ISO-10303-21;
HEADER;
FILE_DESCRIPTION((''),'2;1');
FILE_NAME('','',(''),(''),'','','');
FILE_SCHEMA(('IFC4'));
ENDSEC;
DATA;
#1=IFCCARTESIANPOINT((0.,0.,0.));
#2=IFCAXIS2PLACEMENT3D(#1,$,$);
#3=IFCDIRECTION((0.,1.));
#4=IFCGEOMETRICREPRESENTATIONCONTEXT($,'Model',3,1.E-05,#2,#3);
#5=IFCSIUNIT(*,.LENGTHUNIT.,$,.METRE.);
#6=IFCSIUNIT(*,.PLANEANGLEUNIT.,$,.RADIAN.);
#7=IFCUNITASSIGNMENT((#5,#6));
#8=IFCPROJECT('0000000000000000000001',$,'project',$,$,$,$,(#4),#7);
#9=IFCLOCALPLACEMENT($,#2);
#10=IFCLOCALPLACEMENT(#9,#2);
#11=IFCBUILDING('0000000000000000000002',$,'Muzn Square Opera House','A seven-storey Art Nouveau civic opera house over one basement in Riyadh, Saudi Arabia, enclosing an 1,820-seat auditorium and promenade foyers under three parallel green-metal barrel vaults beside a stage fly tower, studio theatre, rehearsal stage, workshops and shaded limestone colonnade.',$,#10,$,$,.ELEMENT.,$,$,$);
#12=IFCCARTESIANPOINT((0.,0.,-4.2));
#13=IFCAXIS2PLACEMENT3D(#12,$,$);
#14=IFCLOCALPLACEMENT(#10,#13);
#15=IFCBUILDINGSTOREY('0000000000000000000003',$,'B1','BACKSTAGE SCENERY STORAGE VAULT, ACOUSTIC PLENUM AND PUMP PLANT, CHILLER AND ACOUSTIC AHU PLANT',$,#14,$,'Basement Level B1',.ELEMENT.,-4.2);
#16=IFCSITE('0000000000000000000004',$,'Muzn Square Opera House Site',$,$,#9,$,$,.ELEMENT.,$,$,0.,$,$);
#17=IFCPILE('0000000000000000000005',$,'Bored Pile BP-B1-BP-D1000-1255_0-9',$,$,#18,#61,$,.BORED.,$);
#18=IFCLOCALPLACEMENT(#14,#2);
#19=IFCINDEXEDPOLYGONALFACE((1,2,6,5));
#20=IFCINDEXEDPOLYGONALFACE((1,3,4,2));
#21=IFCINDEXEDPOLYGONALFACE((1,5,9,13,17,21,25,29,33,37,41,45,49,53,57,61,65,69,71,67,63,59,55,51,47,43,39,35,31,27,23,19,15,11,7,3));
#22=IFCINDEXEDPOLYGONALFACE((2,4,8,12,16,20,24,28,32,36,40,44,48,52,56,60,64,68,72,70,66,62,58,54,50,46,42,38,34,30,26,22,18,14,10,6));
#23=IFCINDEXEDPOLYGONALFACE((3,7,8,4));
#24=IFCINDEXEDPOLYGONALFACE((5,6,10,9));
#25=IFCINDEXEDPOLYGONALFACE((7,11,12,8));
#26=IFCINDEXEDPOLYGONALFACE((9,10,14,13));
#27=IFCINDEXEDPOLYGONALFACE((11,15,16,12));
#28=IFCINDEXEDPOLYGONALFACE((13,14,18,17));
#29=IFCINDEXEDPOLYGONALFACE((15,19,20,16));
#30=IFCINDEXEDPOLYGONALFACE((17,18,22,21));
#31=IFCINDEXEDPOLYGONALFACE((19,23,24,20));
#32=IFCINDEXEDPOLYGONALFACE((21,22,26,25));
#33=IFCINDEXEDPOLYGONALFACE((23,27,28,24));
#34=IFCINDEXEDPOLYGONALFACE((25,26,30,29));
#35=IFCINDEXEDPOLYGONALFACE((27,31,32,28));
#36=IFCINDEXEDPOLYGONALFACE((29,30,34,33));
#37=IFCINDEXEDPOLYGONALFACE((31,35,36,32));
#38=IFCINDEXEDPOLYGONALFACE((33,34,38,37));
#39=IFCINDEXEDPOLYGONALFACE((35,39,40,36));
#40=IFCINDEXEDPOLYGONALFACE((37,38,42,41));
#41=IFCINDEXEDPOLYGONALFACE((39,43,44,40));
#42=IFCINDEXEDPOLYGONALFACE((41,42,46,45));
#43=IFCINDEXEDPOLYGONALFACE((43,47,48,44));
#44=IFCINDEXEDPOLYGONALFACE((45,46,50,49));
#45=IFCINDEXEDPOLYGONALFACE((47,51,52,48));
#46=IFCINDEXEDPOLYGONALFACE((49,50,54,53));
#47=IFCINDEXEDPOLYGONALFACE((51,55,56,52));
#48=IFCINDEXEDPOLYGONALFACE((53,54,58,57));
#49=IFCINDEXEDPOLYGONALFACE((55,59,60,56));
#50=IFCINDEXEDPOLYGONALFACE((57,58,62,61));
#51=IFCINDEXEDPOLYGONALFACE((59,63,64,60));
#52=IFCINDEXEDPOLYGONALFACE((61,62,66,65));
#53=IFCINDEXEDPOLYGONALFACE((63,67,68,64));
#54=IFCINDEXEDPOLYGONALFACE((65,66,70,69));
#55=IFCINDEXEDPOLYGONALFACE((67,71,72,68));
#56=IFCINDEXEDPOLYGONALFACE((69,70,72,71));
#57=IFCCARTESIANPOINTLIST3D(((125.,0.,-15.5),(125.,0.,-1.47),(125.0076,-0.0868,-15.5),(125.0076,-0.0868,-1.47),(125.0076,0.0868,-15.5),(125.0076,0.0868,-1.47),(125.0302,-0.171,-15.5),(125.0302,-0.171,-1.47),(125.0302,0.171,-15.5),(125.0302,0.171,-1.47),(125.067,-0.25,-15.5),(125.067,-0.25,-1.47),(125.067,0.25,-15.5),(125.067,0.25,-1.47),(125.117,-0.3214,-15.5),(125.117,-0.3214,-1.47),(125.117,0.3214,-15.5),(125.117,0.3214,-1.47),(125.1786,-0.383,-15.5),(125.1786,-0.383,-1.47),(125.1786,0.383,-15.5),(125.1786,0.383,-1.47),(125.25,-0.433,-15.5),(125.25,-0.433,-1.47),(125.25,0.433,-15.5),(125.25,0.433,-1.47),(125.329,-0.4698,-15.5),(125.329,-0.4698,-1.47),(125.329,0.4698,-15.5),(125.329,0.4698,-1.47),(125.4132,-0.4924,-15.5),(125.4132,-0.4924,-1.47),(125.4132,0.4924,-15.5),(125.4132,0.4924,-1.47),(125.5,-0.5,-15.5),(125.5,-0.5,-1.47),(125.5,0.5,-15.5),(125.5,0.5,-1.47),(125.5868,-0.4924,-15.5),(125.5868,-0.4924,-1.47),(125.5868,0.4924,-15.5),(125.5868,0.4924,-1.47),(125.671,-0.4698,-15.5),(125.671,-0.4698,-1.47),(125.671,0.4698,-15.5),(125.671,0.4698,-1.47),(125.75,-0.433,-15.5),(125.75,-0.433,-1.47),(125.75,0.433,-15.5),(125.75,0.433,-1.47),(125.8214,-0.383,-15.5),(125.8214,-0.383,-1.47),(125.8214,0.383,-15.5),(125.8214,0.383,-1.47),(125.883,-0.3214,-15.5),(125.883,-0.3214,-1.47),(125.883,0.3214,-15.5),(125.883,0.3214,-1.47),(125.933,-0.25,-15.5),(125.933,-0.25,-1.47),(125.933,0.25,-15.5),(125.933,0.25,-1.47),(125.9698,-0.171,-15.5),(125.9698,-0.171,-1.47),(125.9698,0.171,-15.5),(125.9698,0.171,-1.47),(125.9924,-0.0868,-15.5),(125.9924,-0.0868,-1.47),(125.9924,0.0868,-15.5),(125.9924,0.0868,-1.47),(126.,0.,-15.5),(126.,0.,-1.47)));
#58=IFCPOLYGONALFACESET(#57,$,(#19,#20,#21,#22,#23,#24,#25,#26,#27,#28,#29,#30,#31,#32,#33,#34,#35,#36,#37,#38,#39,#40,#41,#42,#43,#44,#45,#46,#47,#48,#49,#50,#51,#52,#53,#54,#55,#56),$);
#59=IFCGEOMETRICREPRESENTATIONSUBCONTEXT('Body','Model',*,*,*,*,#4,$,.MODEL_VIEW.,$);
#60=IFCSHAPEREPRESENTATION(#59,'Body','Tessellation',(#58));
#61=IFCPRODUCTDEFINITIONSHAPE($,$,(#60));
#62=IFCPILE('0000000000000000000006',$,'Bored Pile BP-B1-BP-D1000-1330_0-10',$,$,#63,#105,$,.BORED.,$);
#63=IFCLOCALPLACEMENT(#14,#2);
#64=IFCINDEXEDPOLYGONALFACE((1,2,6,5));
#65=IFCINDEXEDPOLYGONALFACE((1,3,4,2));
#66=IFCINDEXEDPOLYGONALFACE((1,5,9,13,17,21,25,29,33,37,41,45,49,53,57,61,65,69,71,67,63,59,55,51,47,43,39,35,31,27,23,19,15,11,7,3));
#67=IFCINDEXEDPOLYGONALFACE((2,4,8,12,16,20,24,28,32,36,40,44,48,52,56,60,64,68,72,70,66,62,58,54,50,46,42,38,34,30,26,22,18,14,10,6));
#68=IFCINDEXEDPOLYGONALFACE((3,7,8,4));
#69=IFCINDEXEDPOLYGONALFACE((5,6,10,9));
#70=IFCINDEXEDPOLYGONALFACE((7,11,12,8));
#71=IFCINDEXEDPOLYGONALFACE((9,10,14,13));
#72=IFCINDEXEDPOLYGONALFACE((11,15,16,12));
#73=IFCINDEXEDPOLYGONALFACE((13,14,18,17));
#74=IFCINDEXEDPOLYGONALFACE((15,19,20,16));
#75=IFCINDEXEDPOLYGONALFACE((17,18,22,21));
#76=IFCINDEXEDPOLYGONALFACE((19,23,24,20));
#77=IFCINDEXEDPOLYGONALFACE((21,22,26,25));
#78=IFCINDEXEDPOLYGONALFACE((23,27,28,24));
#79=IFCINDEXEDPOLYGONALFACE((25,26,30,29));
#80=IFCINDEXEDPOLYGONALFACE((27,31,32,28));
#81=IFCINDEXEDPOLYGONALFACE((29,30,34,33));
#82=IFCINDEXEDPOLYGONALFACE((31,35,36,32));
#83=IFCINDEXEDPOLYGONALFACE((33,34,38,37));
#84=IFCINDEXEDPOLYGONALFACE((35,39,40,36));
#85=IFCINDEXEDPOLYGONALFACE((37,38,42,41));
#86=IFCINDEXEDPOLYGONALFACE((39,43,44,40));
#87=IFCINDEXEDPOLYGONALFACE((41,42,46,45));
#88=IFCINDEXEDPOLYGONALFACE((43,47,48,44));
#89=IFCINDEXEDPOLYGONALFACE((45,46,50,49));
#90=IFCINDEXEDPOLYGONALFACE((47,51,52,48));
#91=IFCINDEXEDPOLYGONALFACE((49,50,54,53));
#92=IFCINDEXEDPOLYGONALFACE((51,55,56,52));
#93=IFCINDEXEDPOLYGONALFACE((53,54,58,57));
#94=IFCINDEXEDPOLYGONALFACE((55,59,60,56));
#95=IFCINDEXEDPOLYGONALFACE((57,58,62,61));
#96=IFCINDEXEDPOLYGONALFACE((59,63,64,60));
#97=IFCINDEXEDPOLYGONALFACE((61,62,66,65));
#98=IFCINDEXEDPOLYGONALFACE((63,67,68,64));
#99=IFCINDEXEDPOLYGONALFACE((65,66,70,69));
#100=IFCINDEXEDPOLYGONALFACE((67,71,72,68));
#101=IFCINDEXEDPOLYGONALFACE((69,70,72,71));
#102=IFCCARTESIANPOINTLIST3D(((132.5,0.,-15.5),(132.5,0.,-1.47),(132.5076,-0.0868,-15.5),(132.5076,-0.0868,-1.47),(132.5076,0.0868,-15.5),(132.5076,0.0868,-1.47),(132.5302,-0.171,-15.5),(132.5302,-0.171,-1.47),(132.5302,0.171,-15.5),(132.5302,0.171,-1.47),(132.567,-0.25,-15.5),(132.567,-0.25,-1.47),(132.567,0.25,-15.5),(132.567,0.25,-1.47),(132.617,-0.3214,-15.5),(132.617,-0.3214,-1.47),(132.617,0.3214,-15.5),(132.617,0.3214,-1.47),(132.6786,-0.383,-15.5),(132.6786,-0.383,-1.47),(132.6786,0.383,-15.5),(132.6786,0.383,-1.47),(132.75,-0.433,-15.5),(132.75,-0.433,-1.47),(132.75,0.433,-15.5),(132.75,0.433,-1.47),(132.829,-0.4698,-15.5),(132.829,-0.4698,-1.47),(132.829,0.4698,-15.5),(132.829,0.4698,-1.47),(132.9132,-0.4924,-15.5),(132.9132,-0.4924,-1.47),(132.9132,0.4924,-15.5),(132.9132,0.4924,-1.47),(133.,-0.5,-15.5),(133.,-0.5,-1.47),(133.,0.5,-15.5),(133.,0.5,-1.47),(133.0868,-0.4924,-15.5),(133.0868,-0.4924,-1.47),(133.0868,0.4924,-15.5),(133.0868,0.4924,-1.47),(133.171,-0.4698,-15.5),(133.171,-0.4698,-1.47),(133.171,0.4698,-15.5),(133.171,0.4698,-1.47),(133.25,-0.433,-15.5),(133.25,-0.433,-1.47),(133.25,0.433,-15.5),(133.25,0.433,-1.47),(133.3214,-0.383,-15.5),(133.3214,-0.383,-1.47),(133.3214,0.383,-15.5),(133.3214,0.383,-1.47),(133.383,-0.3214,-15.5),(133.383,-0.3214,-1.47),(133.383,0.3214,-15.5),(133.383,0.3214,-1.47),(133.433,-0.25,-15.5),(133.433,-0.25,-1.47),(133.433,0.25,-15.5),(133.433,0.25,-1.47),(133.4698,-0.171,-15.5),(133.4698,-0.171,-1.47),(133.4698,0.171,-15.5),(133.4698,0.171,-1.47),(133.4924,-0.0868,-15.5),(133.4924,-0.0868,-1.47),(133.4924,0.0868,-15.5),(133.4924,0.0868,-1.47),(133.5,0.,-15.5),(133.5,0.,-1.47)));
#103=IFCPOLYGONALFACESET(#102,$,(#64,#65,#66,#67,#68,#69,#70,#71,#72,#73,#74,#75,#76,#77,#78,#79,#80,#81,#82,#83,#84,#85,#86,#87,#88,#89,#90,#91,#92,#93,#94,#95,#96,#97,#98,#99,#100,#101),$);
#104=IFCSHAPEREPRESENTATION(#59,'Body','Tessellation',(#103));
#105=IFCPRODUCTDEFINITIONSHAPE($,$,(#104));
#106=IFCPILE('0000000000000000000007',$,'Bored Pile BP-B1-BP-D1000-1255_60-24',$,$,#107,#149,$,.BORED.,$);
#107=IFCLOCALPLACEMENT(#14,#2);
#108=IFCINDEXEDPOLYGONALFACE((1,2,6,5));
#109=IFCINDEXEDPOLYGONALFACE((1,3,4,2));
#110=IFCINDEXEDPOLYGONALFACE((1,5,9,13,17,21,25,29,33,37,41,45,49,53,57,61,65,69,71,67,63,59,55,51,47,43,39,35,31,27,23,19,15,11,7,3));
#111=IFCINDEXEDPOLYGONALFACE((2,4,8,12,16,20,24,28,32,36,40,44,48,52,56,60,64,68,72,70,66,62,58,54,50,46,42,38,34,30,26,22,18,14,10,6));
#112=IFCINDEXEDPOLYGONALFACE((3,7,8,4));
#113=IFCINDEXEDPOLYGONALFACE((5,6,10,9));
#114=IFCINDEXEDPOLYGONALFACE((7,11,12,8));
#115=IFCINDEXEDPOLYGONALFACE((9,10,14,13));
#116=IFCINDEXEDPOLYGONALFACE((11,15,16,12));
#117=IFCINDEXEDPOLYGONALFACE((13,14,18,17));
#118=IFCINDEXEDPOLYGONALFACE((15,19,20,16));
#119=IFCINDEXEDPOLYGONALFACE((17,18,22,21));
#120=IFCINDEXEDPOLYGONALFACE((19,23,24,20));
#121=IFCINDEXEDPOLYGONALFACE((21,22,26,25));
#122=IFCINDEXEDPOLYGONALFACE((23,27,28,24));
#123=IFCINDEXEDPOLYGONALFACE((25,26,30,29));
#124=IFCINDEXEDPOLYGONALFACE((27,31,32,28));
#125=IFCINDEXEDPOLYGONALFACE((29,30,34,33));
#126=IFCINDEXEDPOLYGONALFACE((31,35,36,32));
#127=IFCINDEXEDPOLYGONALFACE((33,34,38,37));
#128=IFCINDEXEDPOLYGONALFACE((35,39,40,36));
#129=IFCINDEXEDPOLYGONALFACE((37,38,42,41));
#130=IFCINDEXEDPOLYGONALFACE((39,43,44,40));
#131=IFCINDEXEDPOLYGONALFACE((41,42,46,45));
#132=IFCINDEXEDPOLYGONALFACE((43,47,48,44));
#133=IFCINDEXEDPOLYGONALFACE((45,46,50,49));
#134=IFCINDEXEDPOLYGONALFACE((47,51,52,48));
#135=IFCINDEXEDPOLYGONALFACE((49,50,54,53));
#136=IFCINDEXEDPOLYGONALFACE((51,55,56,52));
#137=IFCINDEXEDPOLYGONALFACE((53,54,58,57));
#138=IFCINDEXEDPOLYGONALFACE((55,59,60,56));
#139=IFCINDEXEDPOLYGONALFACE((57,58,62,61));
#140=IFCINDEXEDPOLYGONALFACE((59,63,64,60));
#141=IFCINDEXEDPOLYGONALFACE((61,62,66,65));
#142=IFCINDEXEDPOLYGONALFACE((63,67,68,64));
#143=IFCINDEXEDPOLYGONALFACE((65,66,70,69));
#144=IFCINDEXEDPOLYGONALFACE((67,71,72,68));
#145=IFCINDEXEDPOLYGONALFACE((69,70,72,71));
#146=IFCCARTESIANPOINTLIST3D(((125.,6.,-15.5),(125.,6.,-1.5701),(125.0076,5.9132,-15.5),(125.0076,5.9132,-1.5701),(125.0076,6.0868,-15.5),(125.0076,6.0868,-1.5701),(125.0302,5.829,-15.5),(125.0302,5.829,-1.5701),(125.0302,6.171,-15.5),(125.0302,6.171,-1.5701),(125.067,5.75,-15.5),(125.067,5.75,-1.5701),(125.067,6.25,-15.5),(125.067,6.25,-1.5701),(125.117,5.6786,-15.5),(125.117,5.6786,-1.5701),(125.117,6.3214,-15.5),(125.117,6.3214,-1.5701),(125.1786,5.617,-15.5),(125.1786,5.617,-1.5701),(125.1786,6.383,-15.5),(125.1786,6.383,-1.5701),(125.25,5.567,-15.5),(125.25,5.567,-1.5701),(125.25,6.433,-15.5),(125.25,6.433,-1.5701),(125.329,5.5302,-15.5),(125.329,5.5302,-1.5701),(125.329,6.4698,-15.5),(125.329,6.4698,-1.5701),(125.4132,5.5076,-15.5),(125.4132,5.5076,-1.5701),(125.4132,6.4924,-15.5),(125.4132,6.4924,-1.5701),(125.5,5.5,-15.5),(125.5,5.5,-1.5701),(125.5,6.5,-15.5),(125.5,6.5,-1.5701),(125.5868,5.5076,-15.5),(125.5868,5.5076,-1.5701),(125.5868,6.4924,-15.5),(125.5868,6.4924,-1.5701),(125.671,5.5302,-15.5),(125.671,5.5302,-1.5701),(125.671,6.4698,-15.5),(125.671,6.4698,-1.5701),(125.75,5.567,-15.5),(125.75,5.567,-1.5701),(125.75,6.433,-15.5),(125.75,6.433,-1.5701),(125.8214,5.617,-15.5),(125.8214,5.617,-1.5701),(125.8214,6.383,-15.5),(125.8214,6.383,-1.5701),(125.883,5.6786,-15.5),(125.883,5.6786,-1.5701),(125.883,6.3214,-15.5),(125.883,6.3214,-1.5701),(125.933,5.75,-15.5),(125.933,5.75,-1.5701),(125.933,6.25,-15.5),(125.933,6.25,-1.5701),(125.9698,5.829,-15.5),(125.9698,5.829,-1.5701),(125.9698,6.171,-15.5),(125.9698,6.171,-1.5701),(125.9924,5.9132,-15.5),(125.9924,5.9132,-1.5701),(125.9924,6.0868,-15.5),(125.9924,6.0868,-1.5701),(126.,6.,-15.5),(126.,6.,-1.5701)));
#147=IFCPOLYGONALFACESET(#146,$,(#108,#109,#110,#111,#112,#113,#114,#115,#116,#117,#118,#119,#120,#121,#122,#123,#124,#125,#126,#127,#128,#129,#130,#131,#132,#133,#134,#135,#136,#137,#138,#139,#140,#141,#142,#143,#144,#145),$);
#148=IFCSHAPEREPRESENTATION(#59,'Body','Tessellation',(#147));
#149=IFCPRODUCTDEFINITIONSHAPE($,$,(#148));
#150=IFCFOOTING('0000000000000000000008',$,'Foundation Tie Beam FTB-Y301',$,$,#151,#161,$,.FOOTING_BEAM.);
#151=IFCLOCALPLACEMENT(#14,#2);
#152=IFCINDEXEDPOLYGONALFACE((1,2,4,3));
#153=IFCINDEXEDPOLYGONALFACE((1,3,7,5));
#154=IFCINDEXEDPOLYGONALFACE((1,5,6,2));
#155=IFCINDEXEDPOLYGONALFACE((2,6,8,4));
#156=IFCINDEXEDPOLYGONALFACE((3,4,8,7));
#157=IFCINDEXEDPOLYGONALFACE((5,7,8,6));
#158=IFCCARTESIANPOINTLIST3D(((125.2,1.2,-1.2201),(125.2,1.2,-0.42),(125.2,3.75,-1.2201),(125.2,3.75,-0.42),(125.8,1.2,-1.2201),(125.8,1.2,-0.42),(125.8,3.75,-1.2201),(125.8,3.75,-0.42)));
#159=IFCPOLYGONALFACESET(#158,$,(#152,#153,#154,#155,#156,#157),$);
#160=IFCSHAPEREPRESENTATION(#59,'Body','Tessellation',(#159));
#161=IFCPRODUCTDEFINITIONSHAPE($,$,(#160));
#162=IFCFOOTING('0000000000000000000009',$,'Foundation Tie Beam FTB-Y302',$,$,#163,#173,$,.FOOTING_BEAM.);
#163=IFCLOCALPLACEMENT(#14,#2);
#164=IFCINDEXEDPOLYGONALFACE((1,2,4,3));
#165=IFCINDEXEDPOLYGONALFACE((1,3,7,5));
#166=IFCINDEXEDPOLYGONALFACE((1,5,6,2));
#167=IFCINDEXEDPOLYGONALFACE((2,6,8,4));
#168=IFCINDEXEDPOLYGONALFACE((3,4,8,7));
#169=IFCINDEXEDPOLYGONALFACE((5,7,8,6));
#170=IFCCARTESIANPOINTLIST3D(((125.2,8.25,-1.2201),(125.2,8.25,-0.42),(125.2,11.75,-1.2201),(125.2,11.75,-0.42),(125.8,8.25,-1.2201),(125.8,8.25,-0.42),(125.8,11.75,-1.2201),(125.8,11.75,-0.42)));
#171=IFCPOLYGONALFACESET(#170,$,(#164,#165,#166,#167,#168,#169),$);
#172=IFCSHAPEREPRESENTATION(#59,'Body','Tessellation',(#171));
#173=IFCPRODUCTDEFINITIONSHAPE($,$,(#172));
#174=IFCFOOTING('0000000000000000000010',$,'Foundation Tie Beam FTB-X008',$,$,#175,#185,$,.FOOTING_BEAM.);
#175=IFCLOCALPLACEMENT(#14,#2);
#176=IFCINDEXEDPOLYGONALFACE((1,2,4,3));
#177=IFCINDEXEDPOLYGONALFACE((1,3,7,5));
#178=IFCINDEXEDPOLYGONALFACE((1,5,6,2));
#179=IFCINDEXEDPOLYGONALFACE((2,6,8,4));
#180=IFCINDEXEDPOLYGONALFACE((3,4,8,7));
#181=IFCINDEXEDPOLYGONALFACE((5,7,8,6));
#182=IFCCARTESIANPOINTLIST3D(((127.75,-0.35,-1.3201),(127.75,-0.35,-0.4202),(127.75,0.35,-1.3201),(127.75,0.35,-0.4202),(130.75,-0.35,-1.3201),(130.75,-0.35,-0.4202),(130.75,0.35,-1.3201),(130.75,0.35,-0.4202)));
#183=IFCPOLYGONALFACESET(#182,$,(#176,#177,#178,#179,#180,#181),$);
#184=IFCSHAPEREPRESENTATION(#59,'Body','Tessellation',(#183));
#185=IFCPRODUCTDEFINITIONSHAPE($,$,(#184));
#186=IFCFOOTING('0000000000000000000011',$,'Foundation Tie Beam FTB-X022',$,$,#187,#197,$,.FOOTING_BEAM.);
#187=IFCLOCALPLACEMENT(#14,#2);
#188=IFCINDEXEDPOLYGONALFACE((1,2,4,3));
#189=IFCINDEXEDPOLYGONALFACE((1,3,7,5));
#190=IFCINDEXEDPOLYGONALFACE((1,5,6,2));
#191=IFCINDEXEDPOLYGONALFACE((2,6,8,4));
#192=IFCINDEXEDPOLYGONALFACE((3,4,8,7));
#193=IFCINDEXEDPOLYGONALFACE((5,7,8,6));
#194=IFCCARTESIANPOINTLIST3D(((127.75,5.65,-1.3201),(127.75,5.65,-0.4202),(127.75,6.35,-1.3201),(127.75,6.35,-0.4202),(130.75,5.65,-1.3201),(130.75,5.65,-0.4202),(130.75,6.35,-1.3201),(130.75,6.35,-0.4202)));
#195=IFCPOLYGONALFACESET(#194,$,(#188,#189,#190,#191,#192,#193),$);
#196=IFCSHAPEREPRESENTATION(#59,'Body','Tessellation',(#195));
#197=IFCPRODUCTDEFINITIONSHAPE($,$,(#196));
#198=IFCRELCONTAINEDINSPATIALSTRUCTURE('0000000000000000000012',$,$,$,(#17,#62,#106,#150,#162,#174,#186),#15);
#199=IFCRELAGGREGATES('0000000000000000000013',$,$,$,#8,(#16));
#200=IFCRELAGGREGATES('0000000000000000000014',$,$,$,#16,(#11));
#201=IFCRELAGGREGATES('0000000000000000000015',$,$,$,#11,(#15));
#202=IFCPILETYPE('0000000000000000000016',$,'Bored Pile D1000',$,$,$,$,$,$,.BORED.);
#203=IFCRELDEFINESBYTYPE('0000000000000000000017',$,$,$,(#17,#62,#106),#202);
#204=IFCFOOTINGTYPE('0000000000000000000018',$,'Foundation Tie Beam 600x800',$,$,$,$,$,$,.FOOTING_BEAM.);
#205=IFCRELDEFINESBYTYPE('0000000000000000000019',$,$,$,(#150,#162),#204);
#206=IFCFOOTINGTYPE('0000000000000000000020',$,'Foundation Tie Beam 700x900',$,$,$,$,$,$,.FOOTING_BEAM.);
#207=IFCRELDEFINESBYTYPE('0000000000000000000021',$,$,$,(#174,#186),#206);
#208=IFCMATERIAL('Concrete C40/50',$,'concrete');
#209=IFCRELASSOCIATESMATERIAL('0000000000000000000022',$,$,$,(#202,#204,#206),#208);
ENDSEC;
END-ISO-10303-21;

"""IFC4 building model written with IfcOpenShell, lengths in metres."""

from ifc_helpers import new_model, si_unit, direction, frame, origin, origin_2d, place, context, subcontext, project, spatial, rectangle, circle, extrude, material, material_profile, profile_set, type_object, element, save


model = new_model("IFC4")

# Units and contexts
model_context = context("Model", 3, precision=1e-05, world=origin(), true_north=direction((0.0, 1.0)))
body_context = subcontext(model_context, "Body", "Model", "MODEL_VIEW")
ifc_project = project(units=[si_unit("LENGTHUNIT", "METRE"), si_unit("PLANEANGLEUNIT", "RADIAN")], contexts=[model_context])

# Site, building, storey
site_placement = place(None, origin())
site = spatial("IfcSite", under=ifc_project, at=site_placement, Name="Muzn Square Opera House Site", CompositionType="ELEMENT", RefElevation=0.0)
building_placement = place(site_placement, origin())
building = spatial("IfcBuilding", under=site, at=building_placement, Name="Muzn Square Opera House", Description="A seven-storey Art Nouveau civic opera house over one basement in Riyadh, Saudi Arabia, enclosing an 1,820-seat auditorium and promenade foyers under three parallel green-metal barrel vaults beside a stage fly tower, studio theatre, rehearsal stage, workshops and shaded limestone colonnade.", CompositionType="ELEMENT")
storey_placement = place(building_placement, frame((0.0, 0.0, -4.2)))
storey = spatial("IfcBuildingStorey", under=building, at=storey_placement, Name="B1", Description="BACKSTAGE SCENERY STORAGE VAULT, ACOUSTIC PLENUM AND PUMP PLANT, CHILLER AND ACOUSTIC AHU PLANT", LongName="Basement Level B1", CompositionType="ELEMENT", Elevation=-4.2)

# Piles
ifc_material_1 = material(Name="Concrete C40/50", Category="concrete")
ifc_material_profile_1 = material_profile(ifc_material_1, circle(Radius=0.5, at=origin_2d()), Name="BORED PILE D1000", Category="concrete")
ifc_profile_set_1 = profile_set([ifc_material_profile_1], Name="Concrete C40/50")
pile_type = type_object("IfcPileType", Name="Bored Pile D1000", PredefinedType="BORED", material=ifc_profile_set_1)
for number, where, z_axis, x_axis, name in (
    (1, (125.5, 0.0, -1.47), (0.0, 0.0, -1.0), (1.0, 0.0, 0.0), "Bored Pile BP-B1-BP-D1000-1255_0-9"),
    (2, (133.0, 0.0, -1.47), (0.0, 0.0, -1.0), (1.0, 0.0, 0.0), "Bored Pile BP-B1-BP-D1000-1330_0-10"),
):
    element("IfcPile", number, at=place(storey_placement, frame(where, z_axis=z_axis, x_axis=x_axis)), inside=storey, type_object=pile_type, Name=name, PredefinedType="BORED", context=body_context, shape_type="SweptSolid", body=[
        extrude(circle(Radius=0.5, at=origin_2d()), origin(), (0.0, 0.0, 1.0), 14.03),
    ])
pile_placement = place(storey_placement, frame((125.5, 6.0, -1.5701), z_axis=(0.0, 0.0, -1.0), x_axis=(1.0, 0.0, 0.0)))
element("IfcPile", 3, at=pile_placement, inside=storey, type_object=pile_type, Name="Bored Pile BP-B1-BP-D1000-1255_60-24", PredefinedType="BORED", context=body_context, shape_type="SweptSolid", body=[
    extrude(circle(Radius=0.5, at=origin_2d()), origin(), (0.0, 0.0, 1.0), 13.9299),
])

# Footings
ifc_material_profile_2 = material_profile(ifc_material_1, rectangle(XDim=0.6001, YDim=0.8, at=origin_2d()), Name="RCTB 600x800", Category="concrete")
ifc_profile_set_2 = profile_set([ifc_material_profile_2], Name="Concrete C40/50")
footing_type_1 = type_object("IfcFootingType", Name="Foundation Tie Beam 600x800", PredefinedType="FOOTING_BEAM", material=ifc_profile_set_2)
footing_1_placement = place(storey_placement, frame((125.5, 1.2, -0.8201), z_axis=(0.0, 1.0, 0.0), x_axis=(-1.0, 0.0, 0.0)))
element("IfcFooting", 4, at=footing_1_placement, inside=storey, type_object=footing_type_1, Name="Foundation Tie Beam FTB-Y301", PredefinedType="FOOTING_BEAM", context=body_context, shape_type="SweptSolid", body=[
    extrude(rectangle(XDim=0.6001, YDim=0.8, at=origin_2d()), origin(), (0.0, 0.0, 1.0), 2.55),
])
footing_2_placement = place(storey_placement, frame((125.5, 8.25, -0.8201), z_axis=(0.0, 1.0, 0.0), x_axis=(-1.0, 0.0, 0.0)))
element("IfcFooting", 5, at=footing_2_placement, inside=storey, type_object=footing_type_1, Name="Foundation Tie Beam FTB-Y302", PredefinedType="FOOTING_BEAM", context=body_context, shape_type="SweptSolid", body=[
    extrude(rectangle(XDim=0.6001, YDim=0.8, at=origin_2d()), origin(), (0.0, 0.0, 1.0), 3.5),
])
ifc_material_profile_3 = material_profile(ifc_material_1, rectangle(XDim=0.7, YDim=0.8999, at=origin_2d()), Name="RCTB 700x900", Category="concrete")
ifc_profile_set_3 = profile_set([ifc_material_profile_3], Name="Concrete C40/50")
footing_type_2 = type_object("IfcFootingType", Name="Foundation Tie Beam 700x900", PredefinedType="FOOTING_BEAM", material=ifc_profile_set_3)
for number, where, z_axis, x_axis, name in (
    (6, (127.75, 0.0, -0.8701), (1.0, 0.0, 0.0), (0.0, 1.0, 0.0), "Foundation Tie Beam FTB-X008"),
    (7, (127.75, 6.0, -0.8701), (1.0, 0.0, 0.0), (0.0, 1.0, 0.0), "Foundation Tie Beam FTB-X022"),
):
    element("IfcFooting", number, at=place(storey_placement, frame(where, z_axis=z_axis, x_axis=x_axis)), inside=storey, type_object=footing_type_2, Name=name, PredefinedType="FOOTING_BEAM", context=body_context, shape_type="SweptSolid", body=[
        extrude(rectangle(XDim=0.7, YDim=0.8999, at=origin_2d()), origin(), (0.0, 0.0, 1.0), 3.0),
    ])

save(model, "model.ifc")
